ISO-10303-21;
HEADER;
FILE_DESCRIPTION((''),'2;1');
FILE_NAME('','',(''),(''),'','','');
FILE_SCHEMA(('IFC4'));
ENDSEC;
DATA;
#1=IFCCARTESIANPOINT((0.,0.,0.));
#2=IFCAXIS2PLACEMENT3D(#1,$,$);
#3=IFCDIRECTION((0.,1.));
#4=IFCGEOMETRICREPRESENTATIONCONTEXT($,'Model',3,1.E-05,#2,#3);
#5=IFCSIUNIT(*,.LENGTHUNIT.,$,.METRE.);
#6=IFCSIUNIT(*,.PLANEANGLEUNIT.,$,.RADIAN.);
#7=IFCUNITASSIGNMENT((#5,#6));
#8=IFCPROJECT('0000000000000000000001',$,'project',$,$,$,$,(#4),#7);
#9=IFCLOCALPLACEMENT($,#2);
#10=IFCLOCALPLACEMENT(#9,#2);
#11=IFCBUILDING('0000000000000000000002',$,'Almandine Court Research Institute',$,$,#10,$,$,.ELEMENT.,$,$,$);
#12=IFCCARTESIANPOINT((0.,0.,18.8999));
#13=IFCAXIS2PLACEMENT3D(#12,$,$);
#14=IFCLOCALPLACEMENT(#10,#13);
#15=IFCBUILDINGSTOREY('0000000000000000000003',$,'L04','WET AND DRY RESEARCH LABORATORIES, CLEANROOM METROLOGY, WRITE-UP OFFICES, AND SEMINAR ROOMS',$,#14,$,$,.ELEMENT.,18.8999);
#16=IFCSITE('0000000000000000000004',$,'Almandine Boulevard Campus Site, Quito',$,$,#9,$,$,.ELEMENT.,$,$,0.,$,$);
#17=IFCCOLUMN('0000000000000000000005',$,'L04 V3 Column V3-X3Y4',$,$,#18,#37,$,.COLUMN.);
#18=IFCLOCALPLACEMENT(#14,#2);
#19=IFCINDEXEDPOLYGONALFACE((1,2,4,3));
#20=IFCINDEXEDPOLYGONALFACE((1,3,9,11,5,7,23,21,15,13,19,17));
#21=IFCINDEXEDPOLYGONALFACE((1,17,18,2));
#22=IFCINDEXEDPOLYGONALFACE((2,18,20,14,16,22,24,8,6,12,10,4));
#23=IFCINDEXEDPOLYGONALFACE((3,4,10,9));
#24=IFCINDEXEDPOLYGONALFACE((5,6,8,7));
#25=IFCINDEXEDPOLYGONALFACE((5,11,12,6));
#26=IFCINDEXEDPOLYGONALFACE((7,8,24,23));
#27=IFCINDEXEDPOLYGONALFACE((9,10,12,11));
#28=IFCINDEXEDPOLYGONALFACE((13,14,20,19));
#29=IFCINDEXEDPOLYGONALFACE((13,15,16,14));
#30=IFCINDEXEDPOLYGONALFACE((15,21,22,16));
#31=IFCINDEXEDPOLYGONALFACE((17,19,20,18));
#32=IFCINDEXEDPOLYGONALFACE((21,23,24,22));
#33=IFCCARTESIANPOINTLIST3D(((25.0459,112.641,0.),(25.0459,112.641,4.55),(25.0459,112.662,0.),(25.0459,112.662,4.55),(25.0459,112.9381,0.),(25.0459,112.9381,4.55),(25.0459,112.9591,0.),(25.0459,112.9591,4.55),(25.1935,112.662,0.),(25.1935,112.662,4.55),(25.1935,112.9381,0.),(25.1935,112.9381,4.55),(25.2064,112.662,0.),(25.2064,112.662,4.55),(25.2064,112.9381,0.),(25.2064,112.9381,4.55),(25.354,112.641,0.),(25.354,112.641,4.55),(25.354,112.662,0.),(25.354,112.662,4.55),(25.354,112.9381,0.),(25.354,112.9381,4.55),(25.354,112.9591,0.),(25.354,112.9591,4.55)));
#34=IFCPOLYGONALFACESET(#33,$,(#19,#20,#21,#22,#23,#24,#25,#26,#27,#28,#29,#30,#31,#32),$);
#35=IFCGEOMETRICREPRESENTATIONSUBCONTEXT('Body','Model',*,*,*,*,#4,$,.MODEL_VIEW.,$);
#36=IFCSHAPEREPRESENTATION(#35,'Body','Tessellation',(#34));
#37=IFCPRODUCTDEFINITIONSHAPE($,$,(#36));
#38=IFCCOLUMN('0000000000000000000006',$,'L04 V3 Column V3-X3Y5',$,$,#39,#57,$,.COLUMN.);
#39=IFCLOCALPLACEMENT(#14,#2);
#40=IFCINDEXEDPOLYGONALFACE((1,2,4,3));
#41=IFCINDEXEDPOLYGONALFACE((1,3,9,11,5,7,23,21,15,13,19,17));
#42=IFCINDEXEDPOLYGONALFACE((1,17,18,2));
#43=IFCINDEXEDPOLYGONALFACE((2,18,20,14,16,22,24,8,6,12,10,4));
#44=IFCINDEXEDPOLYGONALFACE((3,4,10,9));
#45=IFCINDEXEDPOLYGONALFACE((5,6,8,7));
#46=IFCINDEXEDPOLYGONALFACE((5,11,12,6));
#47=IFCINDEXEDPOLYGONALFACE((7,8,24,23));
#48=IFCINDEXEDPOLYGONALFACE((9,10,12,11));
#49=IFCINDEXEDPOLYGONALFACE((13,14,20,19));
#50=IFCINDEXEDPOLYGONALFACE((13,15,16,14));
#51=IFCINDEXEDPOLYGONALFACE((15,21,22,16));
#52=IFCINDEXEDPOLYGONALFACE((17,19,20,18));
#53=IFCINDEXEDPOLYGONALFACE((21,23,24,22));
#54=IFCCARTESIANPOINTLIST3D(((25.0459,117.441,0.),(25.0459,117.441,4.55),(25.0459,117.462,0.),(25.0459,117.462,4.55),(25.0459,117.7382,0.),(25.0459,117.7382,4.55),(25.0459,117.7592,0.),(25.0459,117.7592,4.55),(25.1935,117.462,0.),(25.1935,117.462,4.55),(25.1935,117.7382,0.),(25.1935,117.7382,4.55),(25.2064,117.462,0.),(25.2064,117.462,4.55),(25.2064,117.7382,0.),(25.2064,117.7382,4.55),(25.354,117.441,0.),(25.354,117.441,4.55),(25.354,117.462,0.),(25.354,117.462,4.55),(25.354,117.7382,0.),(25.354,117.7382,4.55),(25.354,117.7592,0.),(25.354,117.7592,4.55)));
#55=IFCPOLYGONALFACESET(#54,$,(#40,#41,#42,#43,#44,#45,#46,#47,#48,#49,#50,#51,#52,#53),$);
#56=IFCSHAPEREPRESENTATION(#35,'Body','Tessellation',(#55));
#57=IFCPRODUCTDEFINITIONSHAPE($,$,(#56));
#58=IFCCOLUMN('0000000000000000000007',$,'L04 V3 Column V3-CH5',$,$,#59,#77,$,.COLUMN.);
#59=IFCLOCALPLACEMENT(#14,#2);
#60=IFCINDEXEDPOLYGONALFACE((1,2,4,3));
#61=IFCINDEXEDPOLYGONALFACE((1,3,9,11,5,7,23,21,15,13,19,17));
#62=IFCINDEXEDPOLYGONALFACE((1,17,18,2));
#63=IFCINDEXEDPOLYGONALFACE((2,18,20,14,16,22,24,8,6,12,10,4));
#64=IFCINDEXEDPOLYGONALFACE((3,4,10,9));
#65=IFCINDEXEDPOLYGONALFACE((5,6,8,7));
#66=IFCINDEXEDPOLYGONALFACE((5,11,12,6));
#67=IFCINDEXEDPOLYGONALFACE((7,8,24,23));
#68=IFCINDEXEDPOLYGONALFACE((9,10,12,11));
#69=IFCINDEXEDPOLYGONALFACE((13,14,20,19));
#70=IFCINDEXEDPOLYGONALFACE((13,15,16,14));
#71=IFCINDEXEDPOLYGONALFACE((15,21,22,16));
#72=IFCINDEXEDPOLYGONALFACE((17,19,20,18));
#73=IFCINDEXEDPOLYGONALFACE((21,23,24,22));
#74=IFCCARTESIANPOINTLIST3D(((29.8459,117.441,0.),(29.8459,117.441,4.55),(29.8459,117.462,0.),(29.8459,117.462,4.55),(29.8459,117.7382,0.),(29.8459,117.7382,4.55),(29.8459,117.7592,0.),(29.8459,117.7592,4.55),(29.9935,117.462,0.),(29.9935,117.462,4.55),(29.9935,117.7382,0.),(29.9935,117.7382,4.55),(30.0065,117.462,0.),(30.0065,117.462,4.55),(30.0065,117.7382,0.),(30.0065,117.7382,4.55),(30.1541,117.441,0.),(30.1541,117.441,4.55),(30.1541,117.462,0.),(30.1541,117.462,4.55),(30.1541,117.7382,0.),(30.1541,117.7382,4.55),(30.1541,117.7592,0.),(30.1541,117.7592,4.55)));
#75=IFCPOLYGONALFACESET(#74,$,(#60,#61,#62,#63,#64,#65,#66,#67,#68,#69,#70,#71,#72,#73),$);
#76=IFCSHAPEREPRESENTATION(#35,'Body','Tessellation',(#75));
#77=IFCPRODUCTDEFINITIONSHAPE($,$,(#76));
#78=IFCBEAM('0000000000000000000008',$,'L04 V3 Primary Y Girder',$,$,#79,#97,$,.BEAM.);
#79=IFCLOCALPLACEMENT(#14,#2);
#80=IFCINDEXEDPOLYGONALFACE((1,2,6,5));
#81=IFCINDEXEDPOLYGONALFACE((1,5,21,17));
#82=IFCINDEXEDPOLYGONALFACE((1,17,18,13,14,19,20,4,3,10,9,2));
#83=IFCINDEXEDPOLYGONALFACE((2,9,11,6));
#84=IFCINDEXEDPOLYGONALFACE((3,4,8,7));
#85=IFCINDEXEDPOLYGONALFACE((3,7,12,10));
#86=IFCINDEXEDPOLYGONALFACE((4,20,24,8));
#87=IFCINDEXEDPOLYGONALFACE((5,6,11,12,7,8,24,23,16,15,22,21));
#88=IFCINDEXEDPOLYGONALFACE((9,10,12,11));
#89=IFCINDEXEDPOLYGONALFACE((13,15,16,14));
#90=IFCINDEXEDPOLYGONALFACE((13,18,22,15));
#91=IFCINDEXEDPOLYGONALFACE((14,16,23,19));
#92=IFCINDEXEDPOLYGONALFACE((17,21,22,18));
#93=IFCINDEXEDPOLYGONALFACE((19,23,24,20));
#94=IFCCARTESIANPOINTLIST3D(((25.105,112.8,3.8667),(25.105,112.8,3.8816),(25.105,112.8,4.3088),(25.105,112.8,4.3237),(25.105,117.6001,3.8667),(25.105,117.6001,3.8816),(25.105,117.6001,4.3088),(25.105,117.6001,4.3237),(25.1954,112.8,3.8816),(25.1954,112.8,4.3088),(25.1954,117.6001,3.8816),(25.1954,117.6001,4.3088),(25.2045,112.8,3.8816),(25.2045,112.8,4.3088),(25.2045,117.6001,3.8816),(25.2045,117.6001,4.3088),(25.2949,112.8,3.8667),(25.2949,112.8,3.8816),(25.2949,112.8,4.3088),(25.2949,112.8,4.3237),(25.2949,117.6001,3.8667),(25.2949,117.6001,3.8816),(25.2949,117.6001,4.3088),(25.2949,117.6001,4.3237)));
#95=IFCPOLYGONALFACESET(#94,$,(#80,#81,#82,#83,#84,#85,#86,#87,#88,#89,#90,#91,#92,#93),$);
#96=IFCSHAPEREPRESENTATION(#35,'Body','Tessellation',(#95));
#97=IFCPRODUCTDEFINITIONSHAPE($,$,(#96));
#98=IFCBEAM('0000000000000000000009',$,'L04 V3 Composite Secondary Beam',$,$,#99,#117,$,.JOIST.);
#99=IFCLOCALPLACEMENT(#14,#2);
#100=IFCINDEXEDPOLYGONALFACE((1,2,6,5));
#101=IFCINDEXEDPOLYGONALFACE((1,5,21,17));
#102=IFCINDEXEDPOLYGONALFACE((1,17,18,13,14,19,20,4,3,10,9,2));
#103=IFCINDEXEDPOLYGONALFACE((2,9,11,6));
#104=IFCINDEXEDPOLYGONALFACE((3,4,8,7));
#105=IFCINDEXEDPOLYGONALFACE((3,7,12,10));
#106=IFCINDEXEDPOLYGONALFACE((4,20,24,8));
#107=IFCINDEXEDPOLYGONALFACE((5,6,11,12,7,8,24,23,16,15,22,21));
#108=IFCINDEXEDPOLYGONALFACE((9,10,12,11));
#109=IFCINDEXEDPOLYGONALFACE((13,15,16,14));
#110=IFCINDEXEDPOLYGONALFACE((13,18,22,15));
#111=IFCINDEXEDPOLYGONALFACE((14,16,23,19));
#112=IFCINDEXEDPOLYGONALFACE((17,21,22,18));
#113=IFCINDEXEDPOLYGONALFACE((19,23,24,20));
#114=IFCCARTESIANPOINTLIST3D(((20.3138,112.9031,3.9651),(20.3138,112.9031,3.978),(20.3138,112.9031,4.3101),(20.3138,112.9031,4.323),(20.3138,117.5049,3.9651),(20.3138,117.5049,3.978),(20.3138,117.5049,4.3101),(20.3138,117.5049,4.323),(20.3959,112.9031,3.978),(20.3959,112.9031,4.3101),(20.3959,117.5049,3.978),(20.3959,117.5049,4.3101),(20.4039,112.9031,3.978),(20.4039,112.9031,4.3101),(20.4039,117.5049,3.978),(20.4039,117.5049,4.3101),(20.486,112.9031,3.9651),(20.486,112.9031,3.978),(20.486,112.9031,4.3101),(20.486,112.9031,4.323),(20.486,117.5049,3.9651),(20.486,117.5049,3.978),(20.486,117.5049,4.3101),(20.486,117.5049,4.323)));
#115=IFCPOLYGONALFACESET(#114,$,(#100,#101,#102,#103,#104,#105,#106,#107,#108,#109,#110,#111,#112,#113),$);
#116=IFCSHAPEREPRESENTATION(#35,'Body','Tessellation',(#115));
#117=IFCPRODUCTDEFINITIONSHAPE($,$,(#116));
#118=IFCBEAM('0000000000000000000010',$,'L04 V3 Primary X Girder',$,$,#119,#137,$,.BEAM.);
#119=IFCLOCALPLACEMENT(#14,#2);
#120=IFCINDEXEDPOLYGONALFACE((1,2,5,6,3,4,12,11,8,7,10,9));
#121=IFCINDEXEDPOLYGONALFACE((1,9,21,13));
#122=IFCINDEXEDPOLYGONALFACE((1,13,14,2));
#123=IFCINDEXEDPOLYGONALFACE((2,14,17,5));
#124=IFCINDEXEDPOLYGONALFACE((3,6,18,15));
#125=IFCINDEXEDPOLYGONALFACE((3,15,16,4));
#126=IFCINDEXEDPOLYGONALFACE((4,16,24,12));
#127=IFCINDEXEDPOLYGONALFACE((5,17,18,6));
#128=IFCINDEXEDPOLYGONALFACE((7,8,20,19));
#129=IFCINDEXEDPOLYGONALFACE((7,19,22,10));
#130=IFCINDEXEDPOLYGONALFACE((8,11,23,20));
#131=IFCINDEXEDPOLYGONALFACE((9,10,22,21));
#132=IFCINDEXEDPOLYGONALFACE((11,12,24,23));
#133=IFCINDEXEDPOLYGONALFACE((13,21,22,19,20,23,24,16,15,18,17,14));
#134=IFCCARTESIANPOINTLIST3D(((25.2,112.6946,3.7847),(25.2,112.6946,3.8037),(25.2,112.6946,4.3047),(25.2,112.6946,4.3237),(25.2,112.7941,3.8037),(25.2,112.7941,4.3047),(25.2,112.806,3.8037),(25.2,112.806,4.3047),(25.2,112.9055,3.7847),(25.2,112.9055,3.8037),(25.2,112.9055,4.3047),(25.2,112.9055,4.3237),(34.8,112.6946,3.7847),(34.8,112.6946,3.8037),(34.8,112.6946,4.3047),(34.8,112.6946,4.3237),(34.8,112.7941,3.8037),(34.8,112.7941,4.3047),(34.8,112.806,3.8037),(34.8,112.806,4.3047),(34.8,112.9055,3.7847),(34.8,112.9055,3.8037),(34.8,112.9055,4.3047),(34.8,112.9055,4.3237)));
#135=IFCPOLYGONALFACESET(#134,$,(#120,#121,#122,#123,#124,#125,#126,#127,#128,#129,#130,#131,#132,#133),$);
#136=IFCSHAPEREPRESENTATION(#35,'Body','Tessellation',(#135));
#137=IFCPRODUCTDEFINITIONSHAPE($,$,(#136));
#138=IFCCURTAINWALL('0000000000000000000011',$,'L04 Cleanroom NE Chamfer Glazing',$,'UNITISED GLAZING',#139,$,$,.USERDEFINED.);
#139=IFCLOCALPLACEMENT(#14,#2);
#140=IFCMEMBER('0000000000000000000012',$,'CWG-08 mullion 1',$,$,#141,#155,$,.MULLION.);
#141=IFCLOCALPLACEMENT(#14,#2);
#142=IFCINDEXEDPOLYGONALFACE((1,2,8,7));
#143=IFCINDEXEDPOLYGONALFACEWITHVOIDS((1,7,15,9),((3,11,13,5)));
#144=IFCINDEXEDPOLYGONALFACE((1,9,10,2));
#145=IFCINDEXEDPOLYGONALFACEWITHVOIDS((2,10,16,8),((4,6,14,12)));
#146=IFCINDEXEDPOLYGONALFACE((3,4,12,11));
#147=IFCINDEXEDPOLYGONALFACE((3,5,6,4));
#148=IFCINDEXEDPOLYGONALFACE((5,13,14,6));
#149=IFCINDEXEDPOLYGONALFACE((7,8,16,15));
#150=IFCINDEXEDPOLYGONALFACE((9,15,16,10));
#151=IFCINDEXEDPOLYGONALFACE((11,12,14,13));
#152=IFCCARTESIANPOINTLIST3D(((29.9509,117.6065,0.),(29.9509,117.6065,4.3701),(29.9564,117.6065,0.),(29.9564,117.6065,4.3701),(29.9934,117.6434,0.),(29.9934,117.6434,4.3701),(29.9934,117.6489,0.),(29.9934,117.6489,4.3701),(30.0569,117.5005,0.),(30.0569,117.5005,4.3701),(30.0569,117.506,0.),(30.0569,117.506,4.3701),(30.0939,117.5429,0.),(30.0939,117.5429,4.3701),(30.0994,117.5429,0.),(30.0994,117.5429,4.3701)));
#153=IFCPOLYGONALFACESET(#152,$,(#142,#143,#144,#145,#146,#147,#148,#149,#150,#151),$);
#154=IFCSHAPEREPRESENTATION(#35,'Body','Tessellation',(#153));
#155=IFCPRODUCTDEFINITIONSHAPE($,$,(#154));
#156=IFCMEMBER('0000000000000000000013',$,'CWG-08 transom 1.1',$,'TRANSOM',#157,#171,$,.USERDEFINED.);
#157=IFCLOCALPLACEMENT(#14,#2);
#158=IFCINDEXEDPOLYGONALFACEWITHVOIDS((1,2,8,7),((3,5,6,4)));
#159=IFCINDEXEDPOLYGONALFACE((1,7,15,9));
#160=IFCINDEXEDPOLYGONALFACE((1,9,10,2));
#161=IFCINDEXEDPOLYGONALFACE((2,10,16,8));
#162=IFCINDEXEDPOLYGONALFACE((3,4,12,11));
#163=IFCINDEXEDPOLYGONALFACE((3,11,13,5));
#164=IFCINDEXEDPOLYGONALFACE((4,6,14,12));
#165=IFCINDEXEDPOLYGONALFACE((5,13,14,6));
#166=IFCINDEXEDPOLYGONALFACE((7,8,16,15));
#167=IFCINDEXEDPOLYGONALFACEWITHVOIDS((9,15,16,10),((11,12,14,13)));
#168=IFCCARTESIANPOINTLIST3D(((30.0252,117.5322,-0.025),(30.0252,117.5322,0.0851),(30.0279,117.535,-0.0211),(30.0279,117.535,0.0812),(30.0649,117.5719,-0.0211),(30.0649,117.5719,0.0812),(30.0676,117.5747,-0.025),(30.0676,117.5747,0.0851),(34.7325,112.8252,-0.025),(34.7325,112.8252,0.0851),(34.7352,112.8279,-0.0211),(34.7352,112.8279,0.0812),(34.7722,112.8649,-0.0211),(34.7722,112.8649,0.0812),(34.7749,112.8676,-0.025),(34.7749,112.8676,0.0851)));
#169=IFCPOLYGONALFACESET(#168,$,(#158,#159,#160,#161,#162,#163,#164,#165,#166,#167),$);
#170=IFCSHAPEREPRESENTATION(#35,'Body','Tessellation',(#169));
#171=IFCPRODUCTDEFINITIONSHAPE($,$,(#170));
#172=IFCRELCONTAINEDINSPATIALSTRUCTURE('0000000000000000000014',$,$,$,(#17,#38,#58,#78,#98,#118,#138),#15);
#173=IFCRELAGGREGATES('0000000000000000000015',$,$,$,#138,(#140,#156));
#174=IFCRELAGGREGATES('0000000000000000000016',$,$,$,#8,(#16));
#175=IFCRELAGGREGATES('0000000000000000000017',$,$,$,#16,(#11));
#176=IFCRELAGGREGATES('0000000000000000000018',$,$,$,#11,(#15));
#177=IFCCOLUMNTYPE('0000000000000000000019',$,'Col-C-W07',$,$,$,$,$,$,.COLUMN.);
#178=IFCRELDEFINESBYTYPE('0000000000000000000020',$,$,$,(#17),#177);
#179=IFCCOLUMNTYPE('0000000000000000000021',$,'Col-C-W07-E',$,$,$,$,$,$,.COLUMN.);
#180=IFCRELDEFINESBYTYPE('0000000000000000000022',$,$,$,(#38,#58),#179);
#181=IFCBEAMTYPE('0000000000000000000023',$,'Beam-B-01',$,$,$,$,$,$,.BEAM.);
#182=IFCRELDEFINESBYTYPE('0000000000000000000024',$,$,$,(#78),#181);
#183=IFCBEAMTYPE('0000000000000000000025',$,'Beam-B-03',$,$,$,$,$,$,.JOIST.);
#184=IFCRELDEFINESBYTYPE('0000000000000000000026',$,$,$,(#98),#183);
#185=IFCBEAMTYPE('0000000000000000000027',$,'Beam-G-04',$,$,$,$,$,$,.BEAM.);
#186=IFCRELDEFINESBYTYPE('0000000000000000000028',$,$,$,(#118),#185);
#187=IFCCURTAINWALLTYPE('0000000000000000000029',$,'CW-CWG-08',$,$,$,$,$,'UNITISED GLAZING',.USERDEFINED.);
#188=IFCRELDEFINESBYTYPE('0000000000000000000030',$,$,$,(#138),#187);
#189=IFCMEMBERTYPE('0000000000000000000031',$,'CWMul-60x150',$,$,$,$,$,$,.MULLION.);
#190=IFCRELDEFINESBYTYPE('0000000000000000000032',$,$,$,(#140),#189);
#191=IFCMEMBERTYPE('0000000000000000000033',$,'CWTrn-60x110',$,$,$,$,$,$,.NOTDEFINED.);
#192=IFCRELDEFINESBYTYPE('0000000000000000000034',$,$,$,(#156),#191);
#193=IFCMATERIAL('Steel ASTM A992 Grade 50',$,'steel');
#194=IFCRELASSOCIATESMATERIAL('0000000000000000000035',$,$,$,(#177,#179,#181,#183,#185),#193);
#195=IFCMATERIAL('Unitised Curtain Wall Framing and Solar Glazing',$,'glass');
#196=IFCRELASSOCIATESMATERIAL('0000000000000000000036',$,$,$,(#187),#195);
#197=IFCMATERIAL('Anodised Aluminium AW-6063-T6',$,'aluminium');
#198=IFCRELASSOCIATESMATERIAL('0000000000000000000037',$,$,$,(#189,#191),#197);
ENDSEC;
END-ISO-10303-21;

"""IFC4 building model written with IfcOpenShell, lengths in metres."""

from ifc_helpers import new_model, si_unit, direction, frame, origin, origin_2d, place, context, subcontext, project, spatial, hollow_rectangle, i_section, extrude, material, material_profile, profile_set, type_object, element, aggregate, save


model = new_model("IFC4")

# Units and contexts
model_context = context("Model", 3, precision=1e-05, world=origin(), true_north=direction((0.0, 1.0)))
body_context = subcontext(model_context, "Body", "Model", "MODEL_VIEW")
ifc_project = project(units=[si_unit("LENGTHUNIT", "METRE"), si_unit("PLANEANGLEUNIT", "RADIAN")], contexts=[model_context])

# Site, building, storey
site_placement = place(None, origin())
site = spatial("IfcSite", under=ifc_project, at=site_placement, Name="Almandine Boulevard Campus Site, Quito", CompositionType="ELEMENT", RefElevation=0.0)
building_placement = place(site_placement, origin())
building = spatial("IfcBuilding", under=site, at=building_placement, Name="Almandine Court Research Institute", CompositionType="ELEMENT")
storey_placement = place(building_placement, frame((0.0, 0.0, 18.8999)))
storey = spatial("IfcBuildingStorey", under=building, at=storey_placement, Name="L04", Description="WET AND DRY RESEARCH LABORATORIES, CLEANROOM METROLOGY, WRITE-UP OFFICES, AND SEMINAR ROOMS", CompositionType="ELEMENT", Elevation=18.8999)

# Columns
ifc_material_1 = material(Name="Steel ASTM A992 Grade 50", Category="steel")
ifc_material_profile_1 = material_profile(ifc_material_1, i_section(OverallWidth=0.3081, OverallDepth=0.3181, WebThickness=0.0129, FlangeThickness=0.021, at=origin_2d()), Name="W310x129")
ifc_profile_set_1 = profile_set([ifc_material_profile_1], Name="Steel ASTM A992 Grade 50")
column_type_1 = type_object("IfcColumnType", Name="Col-C-W07", PredefinedType="COLUMN", material=ifc_profile_set_1)
column_placement = place(storey_placement, frame((25.2, 112.8, 0.0), z_axis=(0.0, 0.0, 1.0), x_axis=(1.0, 0.0, 0.0)))
element("IfcColumn", 1, at=column_placement, inside=storey, type_object=column_type_1, Name="L04 V3 Column V3-X3Y4", PredefinedType="COLUMN", context=body_context, shape_type="SweptSolid", body=[
    extrude(i_section(OverallWidth=0.3081, OverallDepth=0.3181, WebThickness=0.0129, FlangeThickness=0.021, at=origin_2d()), origin(), (0.0, 0.0, 1.0), 4.55),
])
ifc_material_profile_2 = material_profile(ifc_material_1, i_section(OverallWidth=0.3081, OverallDepth=0.3181, WebThickness=0.0129, FlangeThickness=0.021, at=origin_2d()), Name="W310x129")
ifc_profile_set_2 = profile_set([ifc_material_profile_2], Name="Steel ASTM A992 Grade 50")
column_type_2 = type_object("IfcColumnType", Name="Col-C-W07-E", PredefinedType="COLUMN", material=ifc_profile_set_2)
for number, where, z_axis, x_axis, name in (
    (2, (25.2, 117.6001, 0.0), (0.0, 0.0, 1.0), (1.0, 0.0, 0.0), "L04 V3 Column V3-X3Y5"),
    (3, (30.0, 117.6001, 0.0), (0.0, 0.0, 1.0), (1.0, 0.0, 0.0), "L04 V3 Column V3-CH5"),
):
    element("IfcColumn", number, at=place(storey_placement, frame(where, z_axis=z_axis, x_axis=x_axis)), inside=storey, type_object=column_type_2, Name=name, PredefinedType="COLUMN", context=body_context, shape_type="SweptSolid", body=[
        extrude(i_section(OverallWidth=0.3081, OverallDepth=0.3181, WebThickness=0.0129, FlangeThickness=0.021, at=origin_2d()), origin(), (0.0, 0.0, 1.0), 4.55),
    ])

# Beams
ifc_material_profile_3 = material_profile(ifc_material_1, i_section(OverallWidth=0.1899, OverallDepth=0.457, WebThickness=0.009, FlangeThickness=0.0149, at=origin_2d()), Name="W460x74")
ifc_profile_set_3 = profile_set([ifc_material_profile_3], Name="Steel ASTM A992 Grade 50")
beam_type_1 = type_object("IfcBeamType", Name="Beam-B-01", PredefinedType="BEAM", material=ifc_profile_set_3)
beam_1_placement = place(storey_placement, frame((25.2, 112.8, 4.0952), z_axis=(0.0, 1.0, 0.0), x_axis=(-1.0, 0.0, 0.0)))
element("IfcBeam", 4, at=beam_1_placement, inside=storey, type_object=beam_type_1, Name="L04 V3 Primary Y Girder", PredefinedType="BEAM", context=body_context, shape_type="SweptSolid", body=[
    extrude(i_section(OverallWidth=0.1899, OverallDepth=0.457, WebThickness=0.009, FlangeThickness=0.0149, at=origin_2d()), origin(), (0.0, 0.0, 1.0), 4.8),
])
ifc_material_profile_4 = material_profile(ifc_material_1, i_section(OverallWidth=0.1721, OverallDepth=0.3579, WebThickness=0.0081, FlangeThickness=0.0129, at=origin_2d()), Name="W360x57")
ifc_profile_set_4 = profile_set([ifc_material_profile_4], Name="Steel ASTM A992 Grade 50")
beam_type_2 = type_object("IfcBeamType", Name="Beam-B-03", PredefinedType="JOIST", material=ifc_profile_set_4)
beam_2_placement = place(storey_placement, frame((20.3999, 112.9031, 4.144), z_axis=(0.0, 1.0, 0.0), x_axis=(-1.0, 0.0, 0.0)))
element("IfcBeam", 5, at=beam_2_placement, inside=storey, type_object=beam_type_2, Name="L04 V3 Composite Secondary Beam", PredefinedType="JOIST", context=body_context, shape_type="SweptSolid", body=[
    extrude(i_section(OverallWidth=0.1721, OverallDepth=0.3579, WebThickness=0.0081, FlangeThickness=0.0129, at=origin_2d()), origin(), (0.0, 0.0, 1.0), 4.6018),
])
ifc_material_profile_5 = material_profile(ifc_material_1, i_section(OverallWidth=0.2109, OverallDepth=0.5391, WebThickness=0.012, FlangeThickness=0.019, at=origin_2d()), Name="W530x109")
ifc_profile_set_5 = profile_set([ifc_material_profile_5], Name="Steel ASTM A992 Grade 50")
beam_type_3 = type_object("IfcBeamType", Name="Beam-G-04", PredefinedType="BEAM", material=ifc_profile_set_5)
beam_3_placement = place(storey_placement, frame((25.2, 112.8, 4.0542), z_axis=(1.0, 0.0, 0.0), x_axis=(0.0, 1.0, 0.0)))
element("IfcBeam", 6, at=beam_3_placement, inside=storey, type_object=beam_type_3, Name="L04 V3 Primary X Girder", PredefinedType="BEAM", context=body_context, shape_type="SweptSolid", body=[
    extrude(i_section(OverallWidth=0.2109, OverallDepth=0.5391, WebThickness=0.012, FlangeThickness=0.019, at=origin_2d()), origin(), (0.0, 0.0, 1.0), 9.6001),
])

# Curtain wall, members
ifc_material_2 = material(Name="Unitised Curtain Wall Framing and Solar Glazing", Category="glass")
curtain_wall_type = type_object("IfcCurtainWallType", Name="CW-CWG-08", ElementType="UNITISED GLAZING", PredefinedType="USERDEFINED", material=ifc_material_2)
curtain_wall_placement = place(storey_placement, origin())
curtain_wall = element("IfcCurtainWall", 7, at=curtain_wall_placement, inside=storey, type_object=curtain_wall_type, Name="L04 Cleanroom NE Chamfer Glazing", ObjectType="UNITISED GLAZING", PredefinedType="USERDEFINED")
ifc_material_3 = material(Name="Anodised Aluminium AW-6063-T6", Category="aluminium")
ifc_material_profile_6 = material_profile(ifc_material_3, hollow_rectangle(XDim=0.0601, YDim=0.1499, WallThickness=0.0039, at=origin_2d()), Name="ALU RHS 60x150x4")
ifc_profile_set_6 = profile_set([ifc_material_profile_6], Name="Anodised Aluminium AW-6063-T6")
member_type_1 = type_object("IfcMemberType", Name="CWMul-60x150", PredefinedType="MULLION", material=ifc_profile_set_6)
member_1_placement = place(storey_placement, frame((30.0251, 117.5747, 0.0), z_axis=(0.0, 0.0, 1.0), x_axis=(0.707107, 0.707107, 0.0)))
member_1 = element("IfcMember", 8, at=member_1_placement, type_object=member_type_1, Name="CWG-08 mullion 1", PredefinedType="MULLION", context=body_context, shape_type="SweptSolid", body=[
    extrude(hollow_rectangle(XDim=0.0601, YDim=0.1499, WallThickness=0.0039, at=origin_2d()), origin(), (0.0, 0.0, 1.0), 4.3701),
])
ifc_material_profile_7 = material_profile(ifc_material_3, hollow_rectangle(XDim=0.0601, YDim=0.1101, WallThickness=0.0039, at=origin_2d()), Name="ALU RHS 60x110x4")
ifc_profile_set_7 = profile_set([ifc_material_profile_7], Name="Anodised Aluminium AW-6063-T6")
member_type_2 = type_object("IfcMemberType", Name="CWTrn-60x110", PredefinedType="NOTDEFINED", material=ifc_profile_set_7)
member_2_placement = place(storey_placement, frame((30.0464, 117.5535, 0.03), z_axis=(0.707125, -0.707088, 0.0), x_axis=(0.707088, 0.707125, 0.0)))
member_2 = element("IfcMember", 9, at=member_2_placement, type_object=member_type_2, Name="CWG-08 transom 1.1", ObjectType="TRANSOM", PredefinedType="USERDEFINED", context=body_context, shape_type="SweptSolid", body=[
    extrude(hollow_rectangle(XDim=0.0601, YDim=0.1101, WallThickness=0.0039, at=origin_2d()), origin(), (0.0, 0.0, 1.0), 6.657),
])
aggregate(curtain_wall, [member_1, member_2])

save(model, "model.ifc")
